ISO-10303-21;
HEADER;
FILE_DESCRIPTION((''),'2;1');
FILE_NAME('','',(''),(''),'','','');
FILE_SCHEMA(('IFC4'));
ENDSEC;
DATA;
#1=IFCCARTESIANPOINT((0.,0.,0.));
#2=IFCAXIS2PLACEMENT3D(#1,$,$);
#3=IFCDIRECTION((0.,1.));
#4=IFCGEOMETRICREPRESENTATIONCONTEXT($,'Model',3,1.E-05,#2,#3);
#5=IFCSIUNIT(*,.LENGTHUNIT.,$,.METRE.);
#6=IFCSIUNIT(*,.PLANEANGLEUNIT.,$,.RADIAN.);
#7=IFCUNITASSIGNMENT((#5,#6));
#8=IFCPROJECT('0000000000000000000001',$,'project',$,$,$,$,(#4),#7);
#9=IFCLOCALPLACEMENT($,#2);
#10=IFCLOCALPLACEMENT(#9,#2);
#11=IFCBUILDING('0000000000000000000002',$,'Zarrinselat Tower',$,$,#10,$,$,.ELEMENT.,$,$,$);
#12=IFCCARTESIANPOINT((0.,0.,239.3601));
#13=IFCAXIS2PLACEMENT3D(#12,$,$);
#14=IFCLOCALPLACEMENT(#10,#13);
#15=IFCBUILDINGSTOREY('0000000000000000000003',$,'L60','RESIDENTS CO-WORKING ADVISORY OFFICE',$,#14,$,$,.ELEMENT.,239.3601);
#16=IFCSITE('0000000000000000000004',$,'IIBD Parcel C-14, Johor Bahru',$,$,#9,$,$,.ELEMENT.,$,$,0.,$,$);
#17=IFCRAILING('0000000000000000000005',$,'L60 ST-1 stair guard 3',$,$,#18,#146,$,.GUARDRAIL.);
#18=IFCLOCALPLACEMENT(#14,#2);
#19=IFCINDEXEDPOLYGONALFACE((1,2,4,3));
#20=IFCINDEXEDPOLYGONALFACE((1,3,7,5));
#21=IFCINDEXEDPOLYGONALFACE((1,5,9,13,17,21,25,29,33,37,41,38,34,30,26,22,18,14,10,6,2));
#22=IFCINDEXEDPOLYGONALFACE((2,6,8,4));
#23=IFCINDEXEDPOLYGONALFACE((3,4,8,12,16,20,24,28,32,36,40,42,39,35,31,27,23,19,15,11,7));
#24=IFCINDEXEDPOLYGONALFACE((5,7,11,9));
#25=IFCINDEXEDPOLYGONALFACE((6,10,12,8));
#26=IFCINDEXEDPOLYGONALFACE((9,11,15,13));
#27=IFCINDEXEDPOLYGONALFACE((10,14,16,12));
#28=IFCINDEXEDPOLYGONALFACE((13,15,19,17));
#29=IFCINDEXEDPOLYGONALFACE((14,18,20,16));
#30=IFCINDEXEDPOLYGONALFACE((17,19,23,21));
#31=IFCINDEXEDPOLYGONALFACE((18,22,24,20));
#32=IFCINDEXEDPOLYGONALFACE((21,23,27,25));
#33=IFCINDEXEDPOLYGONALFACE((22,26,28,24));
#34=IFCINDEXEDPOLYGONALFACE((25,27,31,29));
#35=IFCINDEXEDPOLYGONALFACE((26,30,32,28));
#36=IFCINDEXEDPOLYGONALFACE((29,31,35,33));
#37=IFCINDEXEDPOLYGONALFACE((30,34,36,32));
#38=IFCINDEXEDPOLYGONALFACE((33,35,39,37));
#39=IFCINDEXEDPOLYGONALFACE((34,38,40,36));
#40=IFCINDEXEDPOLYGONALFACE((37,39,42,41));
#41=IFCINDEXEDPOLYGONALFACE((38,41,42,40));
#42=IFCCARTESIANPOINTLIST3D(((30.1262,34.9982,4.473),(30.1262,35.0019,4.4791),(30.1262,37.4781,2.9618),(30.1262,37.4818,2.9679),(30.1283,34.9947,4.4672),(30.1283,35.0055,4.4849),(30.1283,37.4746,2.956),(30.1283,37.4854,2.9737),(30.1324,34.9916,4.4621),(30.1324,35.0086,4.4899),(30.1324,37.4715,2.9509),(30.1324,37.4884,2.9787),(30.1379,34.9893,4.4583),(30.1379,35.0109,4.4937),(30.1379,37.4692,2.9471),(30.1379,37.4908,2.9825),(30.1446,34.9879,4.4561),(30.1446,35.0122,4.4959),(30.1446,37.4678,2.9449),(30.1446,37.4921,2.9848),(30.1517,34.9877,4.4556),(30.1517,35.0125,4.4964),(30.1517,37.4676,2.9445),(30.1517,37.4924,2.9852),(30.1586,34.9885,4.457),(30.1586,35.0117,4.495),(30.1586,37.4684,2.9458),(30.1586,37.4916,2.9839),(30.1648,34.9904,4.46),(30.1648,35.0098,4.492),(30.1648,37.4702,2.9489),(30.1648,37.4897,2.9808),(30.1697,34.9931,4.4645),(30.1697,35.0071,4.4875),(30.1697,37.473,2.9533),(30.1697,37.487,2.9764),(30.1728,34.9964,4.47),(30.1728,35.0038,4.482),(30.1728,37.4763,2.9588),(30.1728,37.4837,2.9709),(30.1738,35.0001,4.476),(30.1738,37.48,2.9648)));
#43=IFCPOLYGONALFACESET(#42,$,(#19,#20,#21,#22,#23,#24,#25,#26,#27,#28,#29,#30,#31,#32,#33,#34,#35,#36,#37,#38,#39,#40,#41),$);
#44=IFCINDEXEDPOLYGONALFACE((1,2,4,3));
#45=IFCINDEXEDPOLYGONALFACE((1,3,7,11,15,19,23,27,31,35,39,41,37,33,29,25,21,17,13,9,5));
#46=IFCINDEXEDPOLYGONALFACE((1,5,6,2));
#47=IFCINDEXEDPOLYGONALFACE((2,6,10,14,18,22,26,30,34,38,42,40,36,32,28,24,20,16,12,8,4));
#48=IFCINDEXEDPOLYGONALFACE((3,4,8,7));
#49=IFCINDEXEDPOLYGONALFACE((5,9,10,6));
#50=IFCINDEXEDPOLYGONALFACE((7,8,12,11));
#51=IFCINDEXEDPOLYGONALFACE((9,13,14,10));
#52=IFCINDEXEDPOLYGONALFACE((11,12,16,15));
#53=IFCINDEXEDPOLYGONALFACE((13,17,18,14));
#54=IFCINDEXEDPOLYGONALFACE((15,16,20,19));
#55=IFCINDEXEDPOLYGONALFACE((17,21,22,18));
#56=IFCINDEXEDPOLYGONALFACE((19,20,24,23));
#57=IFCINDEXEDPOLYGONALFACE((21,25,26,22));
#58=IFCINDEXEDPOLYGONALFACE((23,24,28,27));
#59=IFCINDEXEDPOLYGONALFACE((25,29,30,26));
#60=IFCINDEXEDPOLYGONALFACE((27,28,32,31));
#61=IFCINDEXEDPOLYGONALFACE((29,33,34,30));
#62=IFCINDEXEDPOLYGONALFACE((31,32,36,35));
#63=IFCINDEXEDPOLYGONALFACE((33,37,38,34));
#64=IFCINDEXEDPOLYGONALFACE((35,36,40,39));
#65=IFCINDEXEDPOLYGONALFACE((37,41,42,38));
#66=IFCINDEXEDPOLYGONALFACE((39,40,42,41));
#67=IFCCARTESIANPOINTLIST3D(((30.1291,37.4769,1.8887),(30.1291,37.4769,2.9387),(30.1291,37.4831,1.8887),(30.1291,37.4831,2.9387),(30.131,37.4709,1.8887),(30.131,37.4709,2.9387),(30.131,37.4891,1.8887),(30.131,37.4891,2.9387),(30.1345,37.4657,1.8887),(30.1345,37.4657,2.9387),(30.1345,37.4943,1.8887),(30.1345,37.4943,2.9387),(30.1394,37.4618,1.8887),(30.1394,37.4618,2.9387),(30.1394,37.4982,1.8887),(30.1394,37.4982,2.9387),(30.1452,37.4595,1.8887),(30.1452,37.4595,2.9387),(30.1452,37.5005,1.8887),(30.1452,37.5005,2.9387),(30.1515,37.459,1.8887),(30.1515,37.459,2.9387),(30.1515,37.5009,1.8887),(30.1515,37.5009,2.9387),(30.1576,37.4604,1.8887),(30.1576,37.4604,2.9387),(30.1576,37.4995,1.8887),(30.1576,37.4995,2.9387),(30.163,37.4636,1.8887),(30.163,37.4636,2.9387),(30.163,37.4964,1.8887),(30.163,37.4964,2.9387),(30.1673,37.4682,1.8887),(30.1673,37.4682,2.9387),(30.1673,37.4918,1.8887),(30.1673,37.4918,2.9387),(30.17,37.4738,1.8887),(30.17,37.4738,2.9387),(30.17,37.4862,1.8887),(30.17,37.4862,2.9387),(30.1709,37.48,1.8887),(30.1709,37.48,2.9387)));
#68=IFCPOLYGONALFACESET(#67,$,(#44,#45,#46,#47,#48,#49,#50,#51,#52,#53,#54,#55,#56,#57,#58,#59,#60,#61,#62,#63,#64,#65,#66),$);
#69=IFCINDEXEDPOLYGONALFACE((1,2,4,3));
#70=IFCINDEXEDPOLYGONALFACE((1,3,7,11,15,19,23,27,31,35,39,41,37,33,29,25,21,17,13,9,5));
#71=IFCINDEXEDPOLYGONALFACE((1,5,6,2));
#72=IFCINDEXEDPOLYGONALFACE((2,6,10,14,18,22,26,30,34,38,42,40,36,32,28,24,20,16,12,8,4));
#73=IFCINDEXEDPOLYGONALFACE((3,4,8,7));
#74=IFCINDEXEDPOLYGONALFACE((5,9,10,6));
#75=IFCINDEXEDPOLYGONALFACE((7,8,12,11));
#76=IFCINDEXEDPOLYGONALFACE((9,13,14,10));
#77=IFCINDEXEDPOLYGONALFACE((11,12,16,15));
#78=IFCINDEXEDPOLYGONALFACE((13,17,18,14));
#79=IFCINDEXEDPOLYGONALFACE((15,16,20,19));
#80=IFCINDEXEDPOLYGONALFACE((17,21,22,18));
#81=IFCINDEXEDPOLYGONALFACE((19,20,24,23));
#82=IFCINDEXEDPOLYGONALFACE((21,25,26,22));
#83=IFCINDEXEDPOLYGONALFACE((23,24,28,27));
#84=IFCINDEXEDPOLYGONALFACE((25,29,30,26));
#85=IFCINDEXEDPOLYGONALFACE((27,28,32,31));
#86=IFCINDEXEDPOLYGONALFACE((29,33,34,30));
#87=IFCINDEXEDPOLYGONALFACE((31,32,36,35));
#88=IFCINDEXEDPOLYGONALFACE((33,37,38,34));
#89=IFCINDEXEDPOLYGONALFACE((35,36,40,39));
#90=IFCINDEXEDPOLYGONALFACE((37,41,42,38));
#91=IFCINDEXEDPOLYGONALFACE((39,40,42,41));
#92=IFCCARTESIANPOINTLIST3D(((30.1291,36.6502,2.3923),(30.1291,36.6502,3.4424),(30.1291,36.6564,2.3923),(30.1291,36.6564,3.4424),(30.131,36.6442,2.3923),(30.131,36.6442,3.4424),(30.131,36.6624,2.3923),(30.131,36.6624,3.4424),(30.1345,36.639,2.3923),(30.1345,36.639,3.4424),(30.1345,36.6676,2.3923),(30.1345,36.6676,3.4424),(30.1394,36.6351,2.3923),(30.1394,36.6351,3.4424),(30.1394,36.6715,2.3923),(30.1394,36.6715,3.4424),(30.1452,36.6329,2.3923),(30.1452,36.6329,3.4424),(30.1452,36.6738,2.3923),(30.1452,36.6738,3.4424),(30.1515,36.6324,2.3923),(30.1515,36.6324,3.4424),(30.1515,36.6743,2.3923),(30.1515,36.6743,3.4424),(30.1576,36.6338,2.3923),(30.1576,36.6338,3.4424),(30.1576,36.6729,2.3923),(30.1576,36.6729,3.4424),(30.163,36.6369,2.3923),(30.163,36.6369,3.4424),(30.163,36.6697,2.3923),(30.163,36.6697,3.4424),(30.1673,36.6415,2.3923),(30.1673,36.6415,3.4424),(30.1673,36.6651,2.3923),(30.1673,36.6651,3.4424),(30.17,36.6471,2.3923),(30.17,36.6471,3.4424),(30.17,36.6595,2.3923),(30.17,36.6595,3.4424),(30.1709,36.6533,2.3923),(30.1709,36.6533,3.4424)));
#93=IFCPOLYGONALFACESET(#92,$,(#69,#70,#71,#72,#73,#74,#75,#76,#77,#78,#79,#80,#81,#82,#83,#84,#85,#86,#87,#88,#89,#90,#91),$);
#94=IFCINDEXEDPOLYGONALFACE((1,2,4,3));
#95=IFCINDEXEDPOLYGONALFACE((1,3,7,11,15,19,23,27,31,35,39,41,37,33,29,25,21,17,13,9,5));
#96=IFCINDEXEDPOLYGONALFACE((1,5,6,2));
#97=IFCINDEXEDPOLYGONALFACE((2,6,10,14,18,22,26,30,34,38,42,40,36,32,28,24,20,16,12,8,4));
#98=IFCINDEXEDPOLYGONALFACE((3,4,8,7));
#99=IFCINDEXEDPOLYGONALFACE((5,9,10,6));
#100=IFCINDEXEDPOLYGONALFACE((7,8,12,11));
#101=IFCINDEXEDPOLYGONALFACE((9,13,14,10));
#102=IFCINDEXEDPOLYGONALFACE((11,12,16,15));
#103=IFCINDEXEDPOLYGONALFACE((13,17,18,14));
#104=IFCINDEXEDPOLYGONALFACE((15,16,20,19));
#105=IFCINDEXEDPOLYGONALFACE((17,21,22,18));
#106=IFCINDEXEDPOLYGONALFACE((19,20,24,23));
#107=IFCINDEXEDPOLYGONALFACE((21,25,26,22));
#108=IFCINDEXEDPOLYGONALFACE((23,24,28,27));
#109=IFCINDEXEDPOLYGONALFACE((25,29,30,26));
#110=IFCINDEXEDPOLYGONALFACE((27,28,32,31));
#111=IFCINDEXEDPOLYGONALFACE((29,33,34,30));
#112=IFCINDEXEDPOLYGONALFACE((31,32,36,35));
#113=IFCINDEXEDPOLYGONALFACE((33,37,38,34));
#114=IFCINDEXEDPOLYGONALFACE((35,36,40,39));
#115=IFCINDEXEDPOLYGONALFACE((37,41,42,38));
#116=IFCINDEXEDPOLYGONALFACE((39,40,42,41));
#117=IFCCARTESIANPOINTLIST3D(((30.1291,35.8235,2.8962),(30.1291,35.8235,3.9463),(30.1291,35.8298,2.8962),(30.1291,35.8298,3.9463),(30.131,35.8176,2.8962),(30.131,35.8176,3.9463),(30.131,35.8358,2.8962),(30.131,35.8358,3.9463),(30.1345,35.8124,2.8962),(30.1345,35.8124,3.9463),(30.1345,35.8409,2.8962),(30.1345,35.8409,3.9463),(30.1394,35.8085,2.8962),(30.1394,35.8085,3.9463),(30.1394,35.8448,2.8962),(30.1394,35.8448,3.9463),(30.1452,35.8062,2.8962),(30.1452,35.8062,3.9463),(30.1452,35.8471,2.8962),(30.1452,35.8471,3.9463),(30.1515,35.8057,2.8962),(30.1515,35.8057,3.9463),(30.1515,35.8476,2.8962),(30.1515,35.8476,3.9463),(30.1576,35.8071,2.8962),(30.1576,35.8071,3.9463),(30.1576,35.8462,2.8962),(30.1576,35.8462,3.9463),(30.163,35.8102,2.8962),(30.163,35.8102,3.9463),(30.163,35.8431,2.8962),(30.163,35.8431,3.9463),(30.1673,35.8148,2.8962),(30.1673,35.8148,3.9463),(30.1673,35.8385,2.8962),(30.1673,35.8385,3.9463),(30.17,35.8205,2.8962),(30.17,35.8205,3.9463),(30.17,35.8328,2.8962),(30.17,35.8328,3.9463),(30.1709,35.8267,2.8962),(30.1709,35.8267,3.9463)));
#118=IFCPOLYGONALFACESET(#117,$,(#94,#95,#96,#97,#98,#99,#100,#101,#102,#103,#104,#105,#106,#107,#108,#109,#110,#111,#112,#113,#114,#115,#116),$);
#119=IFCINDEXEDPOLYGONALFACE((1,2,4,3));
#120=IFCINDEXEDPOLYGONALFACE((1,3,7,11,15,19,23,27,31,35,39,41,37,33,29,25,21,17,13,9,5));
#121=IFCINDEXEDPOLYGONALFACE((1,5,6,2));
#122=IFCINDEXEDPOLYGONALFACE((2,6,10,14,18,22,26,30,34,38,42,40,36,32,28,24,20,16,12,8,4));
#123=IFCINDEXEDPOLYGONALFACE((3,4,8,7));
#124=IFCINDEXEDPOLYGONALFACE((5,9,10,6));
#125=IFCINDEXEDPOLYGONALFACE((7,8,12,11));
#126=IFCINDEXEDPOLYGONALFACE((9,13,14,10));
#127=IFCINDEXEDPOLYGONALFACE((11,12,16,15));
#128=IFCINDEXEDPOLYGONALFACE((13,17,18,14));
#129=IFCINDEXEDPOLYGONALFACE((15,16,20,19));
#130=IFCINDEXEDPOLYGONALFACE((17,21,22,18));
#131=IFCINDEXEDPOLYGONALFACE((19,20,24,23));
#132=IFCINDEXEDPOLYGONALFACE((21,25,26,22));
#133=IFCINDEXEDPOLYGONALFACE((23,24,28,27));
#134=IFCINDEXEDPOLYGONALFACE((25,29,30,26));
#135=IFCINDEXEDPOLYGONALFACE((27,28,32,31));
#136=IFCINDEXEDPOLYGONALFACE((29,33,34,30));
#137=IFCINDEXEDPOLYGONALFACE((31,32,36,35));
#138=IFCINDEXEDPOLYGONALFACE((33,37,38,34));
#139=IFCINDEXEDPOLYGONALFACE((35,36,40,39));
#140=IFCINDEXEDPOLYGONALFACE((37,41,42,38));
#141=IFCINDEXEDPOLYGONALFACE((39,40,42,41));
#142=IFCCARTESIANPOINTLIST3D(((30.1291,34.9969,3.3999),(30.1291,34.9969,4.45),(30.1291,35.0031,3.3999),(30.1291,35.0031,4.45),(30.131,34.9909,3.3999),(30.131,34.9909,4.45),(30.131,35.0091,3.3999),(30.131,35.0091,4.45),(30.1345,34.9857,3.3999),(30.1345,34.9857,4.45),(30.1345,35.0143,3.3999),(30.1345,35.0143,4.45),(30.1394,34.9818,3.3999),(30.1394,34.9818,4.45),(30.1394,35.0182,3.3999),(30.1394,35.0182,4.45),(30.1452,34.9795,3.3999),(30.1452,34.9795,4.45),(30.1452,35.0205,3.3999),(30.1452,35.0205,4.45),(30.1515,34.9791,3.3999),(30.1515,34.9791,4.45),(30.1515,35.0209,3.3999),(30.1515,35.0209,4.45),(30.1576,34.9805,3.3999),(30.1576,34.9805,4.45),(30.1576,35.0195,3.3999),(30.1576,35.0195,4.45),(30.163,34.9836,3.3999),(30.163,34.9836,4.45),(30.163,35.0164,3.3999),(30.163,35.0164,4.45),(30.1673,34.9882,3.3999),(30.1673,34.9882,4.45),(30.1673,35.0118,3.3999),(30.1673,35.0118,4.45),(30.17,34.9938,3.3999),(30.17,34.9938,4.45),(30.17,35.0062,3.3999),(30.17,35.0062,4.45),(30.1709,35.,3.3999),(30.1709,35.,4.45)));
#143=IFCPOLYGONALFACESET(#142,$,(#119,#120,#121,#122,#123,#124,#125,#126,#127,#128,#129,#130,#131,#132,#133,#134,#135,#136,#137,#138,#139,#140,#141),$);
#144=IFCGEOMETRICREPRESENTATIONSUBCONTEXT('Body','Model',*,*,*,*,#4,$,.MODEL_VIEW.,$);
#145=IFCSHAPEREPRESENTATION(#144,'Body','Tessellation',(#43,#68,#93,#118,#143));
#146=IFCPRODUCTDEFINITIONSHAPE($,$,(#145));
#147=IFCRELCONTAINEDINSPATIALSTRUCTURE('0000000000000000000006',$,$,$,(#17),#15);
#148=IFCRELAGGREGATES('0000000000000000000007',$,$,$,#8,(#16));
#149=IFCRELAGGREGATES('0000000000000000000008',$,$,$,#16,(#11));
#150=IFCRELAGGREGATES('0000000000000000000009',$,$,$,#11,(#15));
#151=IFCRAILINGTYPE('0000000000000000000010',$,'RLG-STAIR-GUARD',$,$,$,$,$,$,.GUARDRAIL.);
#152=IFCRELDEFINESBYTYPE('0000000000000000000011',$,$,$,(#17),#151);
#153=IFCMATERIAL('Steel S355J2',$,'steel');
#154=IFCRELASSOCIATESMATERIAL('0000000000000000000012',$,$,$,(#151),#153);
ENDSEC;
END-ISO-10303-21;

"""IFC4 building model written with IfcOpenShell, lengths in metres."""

from ifc_helpers import new_model, si_unit, direction, frame, origin, origin_2d, place, context, subcontext, project, spatial, circle, extrude, material, type_object, element, save


model = new_model("IFC4")

# Units and contexts
model_context = context("Model", 3, precision=1e-05, world=origin(), true_north=direction((0.0, 1.0)))
body_context = subcontext(model_context, "Body", "Model", "MODEL_VIEW")
ifc_project = project(units=[si_unit("LENGTHUNIT", "METRE"), si_unit("PLANEANGLEUNIT", "RADIAN")], contexts=[model_context])

# Site, building, storey
site_placement = place(None, origin())
site = spatial("IfcSite", under=ifc_project, at=site_placement, Name="IIBD Parcel C-14, Johor Bahru", CompositionType="ELEMENT", RefElevation=0.0)
building_placement = place(site_placement, origin())
building = spatial("IfcBuilding", under=site, at=building_placement, Name="Zarrinselat Tower", CompositionType="ELEMENT")
storey_placement = place(building_placement, frame((0.0, 0.0, 239.3601)))
storey = spatial("IfcBuildingStorey", under=building, at=storey_placement, Name="L60", Description="RESIDENTS CO-WORKING ADVISORY OFFICE", CompositionType="ELEMENT", Elevation=239.3601)

# Railing
ifc_material_1 = material(Name="Steel S355J2", Category="steel")
railing_type_1 = type_object("IfcRailingType", Name="RLG-STAIR-GUARD", PredefinedType="GUARDRAIL", material=ifc_material_1)
railing_1_placement = place(storey_placement, frame((30.1499, 37.48, 1.8887)))
element("IfcRailing", 1, at=railing_1_placement, inside=storey, type_object=railing_type_1, Name="L60 ST-1 stair guard 3", PredefinedType="GUARDRAIL", context=body_context, shape_type="SweptSolid", body=[
    extrude(circle(Radius=0.0239, at=origin_2d()), frame((0.0, 0.0, 1.0762), z_axis=(0.0, -0.853942, 0.520368), x_axis=(1.0, 0.0, 0.0)), (0.0, 0.0, 1.0), 2.9041),
    extrude(circle(Radius=0.021, at=origin_2d()), origin(), (0.0, 0.0, 1.0), 1.05),
    extrude(circle(Radius=0.021, at=origin_2d()), frame((0.0, -0.8267, 0.5037)), (0.0, 0.0, 1.0), 1.05),
    extrude(circle(Radius=0.021, at=origin_2d()), frame((0.0, -1.6533, 1.0076)), (0.0, 0.0, 1.0), 1.05),
    extrude(circle(Radius=0.021, at=origin_2d()), frame((0.0, -2.48, 1.5112)), (0.0, 0.0, 1.0), 1.05),
])

save(model, "model.ifc")
